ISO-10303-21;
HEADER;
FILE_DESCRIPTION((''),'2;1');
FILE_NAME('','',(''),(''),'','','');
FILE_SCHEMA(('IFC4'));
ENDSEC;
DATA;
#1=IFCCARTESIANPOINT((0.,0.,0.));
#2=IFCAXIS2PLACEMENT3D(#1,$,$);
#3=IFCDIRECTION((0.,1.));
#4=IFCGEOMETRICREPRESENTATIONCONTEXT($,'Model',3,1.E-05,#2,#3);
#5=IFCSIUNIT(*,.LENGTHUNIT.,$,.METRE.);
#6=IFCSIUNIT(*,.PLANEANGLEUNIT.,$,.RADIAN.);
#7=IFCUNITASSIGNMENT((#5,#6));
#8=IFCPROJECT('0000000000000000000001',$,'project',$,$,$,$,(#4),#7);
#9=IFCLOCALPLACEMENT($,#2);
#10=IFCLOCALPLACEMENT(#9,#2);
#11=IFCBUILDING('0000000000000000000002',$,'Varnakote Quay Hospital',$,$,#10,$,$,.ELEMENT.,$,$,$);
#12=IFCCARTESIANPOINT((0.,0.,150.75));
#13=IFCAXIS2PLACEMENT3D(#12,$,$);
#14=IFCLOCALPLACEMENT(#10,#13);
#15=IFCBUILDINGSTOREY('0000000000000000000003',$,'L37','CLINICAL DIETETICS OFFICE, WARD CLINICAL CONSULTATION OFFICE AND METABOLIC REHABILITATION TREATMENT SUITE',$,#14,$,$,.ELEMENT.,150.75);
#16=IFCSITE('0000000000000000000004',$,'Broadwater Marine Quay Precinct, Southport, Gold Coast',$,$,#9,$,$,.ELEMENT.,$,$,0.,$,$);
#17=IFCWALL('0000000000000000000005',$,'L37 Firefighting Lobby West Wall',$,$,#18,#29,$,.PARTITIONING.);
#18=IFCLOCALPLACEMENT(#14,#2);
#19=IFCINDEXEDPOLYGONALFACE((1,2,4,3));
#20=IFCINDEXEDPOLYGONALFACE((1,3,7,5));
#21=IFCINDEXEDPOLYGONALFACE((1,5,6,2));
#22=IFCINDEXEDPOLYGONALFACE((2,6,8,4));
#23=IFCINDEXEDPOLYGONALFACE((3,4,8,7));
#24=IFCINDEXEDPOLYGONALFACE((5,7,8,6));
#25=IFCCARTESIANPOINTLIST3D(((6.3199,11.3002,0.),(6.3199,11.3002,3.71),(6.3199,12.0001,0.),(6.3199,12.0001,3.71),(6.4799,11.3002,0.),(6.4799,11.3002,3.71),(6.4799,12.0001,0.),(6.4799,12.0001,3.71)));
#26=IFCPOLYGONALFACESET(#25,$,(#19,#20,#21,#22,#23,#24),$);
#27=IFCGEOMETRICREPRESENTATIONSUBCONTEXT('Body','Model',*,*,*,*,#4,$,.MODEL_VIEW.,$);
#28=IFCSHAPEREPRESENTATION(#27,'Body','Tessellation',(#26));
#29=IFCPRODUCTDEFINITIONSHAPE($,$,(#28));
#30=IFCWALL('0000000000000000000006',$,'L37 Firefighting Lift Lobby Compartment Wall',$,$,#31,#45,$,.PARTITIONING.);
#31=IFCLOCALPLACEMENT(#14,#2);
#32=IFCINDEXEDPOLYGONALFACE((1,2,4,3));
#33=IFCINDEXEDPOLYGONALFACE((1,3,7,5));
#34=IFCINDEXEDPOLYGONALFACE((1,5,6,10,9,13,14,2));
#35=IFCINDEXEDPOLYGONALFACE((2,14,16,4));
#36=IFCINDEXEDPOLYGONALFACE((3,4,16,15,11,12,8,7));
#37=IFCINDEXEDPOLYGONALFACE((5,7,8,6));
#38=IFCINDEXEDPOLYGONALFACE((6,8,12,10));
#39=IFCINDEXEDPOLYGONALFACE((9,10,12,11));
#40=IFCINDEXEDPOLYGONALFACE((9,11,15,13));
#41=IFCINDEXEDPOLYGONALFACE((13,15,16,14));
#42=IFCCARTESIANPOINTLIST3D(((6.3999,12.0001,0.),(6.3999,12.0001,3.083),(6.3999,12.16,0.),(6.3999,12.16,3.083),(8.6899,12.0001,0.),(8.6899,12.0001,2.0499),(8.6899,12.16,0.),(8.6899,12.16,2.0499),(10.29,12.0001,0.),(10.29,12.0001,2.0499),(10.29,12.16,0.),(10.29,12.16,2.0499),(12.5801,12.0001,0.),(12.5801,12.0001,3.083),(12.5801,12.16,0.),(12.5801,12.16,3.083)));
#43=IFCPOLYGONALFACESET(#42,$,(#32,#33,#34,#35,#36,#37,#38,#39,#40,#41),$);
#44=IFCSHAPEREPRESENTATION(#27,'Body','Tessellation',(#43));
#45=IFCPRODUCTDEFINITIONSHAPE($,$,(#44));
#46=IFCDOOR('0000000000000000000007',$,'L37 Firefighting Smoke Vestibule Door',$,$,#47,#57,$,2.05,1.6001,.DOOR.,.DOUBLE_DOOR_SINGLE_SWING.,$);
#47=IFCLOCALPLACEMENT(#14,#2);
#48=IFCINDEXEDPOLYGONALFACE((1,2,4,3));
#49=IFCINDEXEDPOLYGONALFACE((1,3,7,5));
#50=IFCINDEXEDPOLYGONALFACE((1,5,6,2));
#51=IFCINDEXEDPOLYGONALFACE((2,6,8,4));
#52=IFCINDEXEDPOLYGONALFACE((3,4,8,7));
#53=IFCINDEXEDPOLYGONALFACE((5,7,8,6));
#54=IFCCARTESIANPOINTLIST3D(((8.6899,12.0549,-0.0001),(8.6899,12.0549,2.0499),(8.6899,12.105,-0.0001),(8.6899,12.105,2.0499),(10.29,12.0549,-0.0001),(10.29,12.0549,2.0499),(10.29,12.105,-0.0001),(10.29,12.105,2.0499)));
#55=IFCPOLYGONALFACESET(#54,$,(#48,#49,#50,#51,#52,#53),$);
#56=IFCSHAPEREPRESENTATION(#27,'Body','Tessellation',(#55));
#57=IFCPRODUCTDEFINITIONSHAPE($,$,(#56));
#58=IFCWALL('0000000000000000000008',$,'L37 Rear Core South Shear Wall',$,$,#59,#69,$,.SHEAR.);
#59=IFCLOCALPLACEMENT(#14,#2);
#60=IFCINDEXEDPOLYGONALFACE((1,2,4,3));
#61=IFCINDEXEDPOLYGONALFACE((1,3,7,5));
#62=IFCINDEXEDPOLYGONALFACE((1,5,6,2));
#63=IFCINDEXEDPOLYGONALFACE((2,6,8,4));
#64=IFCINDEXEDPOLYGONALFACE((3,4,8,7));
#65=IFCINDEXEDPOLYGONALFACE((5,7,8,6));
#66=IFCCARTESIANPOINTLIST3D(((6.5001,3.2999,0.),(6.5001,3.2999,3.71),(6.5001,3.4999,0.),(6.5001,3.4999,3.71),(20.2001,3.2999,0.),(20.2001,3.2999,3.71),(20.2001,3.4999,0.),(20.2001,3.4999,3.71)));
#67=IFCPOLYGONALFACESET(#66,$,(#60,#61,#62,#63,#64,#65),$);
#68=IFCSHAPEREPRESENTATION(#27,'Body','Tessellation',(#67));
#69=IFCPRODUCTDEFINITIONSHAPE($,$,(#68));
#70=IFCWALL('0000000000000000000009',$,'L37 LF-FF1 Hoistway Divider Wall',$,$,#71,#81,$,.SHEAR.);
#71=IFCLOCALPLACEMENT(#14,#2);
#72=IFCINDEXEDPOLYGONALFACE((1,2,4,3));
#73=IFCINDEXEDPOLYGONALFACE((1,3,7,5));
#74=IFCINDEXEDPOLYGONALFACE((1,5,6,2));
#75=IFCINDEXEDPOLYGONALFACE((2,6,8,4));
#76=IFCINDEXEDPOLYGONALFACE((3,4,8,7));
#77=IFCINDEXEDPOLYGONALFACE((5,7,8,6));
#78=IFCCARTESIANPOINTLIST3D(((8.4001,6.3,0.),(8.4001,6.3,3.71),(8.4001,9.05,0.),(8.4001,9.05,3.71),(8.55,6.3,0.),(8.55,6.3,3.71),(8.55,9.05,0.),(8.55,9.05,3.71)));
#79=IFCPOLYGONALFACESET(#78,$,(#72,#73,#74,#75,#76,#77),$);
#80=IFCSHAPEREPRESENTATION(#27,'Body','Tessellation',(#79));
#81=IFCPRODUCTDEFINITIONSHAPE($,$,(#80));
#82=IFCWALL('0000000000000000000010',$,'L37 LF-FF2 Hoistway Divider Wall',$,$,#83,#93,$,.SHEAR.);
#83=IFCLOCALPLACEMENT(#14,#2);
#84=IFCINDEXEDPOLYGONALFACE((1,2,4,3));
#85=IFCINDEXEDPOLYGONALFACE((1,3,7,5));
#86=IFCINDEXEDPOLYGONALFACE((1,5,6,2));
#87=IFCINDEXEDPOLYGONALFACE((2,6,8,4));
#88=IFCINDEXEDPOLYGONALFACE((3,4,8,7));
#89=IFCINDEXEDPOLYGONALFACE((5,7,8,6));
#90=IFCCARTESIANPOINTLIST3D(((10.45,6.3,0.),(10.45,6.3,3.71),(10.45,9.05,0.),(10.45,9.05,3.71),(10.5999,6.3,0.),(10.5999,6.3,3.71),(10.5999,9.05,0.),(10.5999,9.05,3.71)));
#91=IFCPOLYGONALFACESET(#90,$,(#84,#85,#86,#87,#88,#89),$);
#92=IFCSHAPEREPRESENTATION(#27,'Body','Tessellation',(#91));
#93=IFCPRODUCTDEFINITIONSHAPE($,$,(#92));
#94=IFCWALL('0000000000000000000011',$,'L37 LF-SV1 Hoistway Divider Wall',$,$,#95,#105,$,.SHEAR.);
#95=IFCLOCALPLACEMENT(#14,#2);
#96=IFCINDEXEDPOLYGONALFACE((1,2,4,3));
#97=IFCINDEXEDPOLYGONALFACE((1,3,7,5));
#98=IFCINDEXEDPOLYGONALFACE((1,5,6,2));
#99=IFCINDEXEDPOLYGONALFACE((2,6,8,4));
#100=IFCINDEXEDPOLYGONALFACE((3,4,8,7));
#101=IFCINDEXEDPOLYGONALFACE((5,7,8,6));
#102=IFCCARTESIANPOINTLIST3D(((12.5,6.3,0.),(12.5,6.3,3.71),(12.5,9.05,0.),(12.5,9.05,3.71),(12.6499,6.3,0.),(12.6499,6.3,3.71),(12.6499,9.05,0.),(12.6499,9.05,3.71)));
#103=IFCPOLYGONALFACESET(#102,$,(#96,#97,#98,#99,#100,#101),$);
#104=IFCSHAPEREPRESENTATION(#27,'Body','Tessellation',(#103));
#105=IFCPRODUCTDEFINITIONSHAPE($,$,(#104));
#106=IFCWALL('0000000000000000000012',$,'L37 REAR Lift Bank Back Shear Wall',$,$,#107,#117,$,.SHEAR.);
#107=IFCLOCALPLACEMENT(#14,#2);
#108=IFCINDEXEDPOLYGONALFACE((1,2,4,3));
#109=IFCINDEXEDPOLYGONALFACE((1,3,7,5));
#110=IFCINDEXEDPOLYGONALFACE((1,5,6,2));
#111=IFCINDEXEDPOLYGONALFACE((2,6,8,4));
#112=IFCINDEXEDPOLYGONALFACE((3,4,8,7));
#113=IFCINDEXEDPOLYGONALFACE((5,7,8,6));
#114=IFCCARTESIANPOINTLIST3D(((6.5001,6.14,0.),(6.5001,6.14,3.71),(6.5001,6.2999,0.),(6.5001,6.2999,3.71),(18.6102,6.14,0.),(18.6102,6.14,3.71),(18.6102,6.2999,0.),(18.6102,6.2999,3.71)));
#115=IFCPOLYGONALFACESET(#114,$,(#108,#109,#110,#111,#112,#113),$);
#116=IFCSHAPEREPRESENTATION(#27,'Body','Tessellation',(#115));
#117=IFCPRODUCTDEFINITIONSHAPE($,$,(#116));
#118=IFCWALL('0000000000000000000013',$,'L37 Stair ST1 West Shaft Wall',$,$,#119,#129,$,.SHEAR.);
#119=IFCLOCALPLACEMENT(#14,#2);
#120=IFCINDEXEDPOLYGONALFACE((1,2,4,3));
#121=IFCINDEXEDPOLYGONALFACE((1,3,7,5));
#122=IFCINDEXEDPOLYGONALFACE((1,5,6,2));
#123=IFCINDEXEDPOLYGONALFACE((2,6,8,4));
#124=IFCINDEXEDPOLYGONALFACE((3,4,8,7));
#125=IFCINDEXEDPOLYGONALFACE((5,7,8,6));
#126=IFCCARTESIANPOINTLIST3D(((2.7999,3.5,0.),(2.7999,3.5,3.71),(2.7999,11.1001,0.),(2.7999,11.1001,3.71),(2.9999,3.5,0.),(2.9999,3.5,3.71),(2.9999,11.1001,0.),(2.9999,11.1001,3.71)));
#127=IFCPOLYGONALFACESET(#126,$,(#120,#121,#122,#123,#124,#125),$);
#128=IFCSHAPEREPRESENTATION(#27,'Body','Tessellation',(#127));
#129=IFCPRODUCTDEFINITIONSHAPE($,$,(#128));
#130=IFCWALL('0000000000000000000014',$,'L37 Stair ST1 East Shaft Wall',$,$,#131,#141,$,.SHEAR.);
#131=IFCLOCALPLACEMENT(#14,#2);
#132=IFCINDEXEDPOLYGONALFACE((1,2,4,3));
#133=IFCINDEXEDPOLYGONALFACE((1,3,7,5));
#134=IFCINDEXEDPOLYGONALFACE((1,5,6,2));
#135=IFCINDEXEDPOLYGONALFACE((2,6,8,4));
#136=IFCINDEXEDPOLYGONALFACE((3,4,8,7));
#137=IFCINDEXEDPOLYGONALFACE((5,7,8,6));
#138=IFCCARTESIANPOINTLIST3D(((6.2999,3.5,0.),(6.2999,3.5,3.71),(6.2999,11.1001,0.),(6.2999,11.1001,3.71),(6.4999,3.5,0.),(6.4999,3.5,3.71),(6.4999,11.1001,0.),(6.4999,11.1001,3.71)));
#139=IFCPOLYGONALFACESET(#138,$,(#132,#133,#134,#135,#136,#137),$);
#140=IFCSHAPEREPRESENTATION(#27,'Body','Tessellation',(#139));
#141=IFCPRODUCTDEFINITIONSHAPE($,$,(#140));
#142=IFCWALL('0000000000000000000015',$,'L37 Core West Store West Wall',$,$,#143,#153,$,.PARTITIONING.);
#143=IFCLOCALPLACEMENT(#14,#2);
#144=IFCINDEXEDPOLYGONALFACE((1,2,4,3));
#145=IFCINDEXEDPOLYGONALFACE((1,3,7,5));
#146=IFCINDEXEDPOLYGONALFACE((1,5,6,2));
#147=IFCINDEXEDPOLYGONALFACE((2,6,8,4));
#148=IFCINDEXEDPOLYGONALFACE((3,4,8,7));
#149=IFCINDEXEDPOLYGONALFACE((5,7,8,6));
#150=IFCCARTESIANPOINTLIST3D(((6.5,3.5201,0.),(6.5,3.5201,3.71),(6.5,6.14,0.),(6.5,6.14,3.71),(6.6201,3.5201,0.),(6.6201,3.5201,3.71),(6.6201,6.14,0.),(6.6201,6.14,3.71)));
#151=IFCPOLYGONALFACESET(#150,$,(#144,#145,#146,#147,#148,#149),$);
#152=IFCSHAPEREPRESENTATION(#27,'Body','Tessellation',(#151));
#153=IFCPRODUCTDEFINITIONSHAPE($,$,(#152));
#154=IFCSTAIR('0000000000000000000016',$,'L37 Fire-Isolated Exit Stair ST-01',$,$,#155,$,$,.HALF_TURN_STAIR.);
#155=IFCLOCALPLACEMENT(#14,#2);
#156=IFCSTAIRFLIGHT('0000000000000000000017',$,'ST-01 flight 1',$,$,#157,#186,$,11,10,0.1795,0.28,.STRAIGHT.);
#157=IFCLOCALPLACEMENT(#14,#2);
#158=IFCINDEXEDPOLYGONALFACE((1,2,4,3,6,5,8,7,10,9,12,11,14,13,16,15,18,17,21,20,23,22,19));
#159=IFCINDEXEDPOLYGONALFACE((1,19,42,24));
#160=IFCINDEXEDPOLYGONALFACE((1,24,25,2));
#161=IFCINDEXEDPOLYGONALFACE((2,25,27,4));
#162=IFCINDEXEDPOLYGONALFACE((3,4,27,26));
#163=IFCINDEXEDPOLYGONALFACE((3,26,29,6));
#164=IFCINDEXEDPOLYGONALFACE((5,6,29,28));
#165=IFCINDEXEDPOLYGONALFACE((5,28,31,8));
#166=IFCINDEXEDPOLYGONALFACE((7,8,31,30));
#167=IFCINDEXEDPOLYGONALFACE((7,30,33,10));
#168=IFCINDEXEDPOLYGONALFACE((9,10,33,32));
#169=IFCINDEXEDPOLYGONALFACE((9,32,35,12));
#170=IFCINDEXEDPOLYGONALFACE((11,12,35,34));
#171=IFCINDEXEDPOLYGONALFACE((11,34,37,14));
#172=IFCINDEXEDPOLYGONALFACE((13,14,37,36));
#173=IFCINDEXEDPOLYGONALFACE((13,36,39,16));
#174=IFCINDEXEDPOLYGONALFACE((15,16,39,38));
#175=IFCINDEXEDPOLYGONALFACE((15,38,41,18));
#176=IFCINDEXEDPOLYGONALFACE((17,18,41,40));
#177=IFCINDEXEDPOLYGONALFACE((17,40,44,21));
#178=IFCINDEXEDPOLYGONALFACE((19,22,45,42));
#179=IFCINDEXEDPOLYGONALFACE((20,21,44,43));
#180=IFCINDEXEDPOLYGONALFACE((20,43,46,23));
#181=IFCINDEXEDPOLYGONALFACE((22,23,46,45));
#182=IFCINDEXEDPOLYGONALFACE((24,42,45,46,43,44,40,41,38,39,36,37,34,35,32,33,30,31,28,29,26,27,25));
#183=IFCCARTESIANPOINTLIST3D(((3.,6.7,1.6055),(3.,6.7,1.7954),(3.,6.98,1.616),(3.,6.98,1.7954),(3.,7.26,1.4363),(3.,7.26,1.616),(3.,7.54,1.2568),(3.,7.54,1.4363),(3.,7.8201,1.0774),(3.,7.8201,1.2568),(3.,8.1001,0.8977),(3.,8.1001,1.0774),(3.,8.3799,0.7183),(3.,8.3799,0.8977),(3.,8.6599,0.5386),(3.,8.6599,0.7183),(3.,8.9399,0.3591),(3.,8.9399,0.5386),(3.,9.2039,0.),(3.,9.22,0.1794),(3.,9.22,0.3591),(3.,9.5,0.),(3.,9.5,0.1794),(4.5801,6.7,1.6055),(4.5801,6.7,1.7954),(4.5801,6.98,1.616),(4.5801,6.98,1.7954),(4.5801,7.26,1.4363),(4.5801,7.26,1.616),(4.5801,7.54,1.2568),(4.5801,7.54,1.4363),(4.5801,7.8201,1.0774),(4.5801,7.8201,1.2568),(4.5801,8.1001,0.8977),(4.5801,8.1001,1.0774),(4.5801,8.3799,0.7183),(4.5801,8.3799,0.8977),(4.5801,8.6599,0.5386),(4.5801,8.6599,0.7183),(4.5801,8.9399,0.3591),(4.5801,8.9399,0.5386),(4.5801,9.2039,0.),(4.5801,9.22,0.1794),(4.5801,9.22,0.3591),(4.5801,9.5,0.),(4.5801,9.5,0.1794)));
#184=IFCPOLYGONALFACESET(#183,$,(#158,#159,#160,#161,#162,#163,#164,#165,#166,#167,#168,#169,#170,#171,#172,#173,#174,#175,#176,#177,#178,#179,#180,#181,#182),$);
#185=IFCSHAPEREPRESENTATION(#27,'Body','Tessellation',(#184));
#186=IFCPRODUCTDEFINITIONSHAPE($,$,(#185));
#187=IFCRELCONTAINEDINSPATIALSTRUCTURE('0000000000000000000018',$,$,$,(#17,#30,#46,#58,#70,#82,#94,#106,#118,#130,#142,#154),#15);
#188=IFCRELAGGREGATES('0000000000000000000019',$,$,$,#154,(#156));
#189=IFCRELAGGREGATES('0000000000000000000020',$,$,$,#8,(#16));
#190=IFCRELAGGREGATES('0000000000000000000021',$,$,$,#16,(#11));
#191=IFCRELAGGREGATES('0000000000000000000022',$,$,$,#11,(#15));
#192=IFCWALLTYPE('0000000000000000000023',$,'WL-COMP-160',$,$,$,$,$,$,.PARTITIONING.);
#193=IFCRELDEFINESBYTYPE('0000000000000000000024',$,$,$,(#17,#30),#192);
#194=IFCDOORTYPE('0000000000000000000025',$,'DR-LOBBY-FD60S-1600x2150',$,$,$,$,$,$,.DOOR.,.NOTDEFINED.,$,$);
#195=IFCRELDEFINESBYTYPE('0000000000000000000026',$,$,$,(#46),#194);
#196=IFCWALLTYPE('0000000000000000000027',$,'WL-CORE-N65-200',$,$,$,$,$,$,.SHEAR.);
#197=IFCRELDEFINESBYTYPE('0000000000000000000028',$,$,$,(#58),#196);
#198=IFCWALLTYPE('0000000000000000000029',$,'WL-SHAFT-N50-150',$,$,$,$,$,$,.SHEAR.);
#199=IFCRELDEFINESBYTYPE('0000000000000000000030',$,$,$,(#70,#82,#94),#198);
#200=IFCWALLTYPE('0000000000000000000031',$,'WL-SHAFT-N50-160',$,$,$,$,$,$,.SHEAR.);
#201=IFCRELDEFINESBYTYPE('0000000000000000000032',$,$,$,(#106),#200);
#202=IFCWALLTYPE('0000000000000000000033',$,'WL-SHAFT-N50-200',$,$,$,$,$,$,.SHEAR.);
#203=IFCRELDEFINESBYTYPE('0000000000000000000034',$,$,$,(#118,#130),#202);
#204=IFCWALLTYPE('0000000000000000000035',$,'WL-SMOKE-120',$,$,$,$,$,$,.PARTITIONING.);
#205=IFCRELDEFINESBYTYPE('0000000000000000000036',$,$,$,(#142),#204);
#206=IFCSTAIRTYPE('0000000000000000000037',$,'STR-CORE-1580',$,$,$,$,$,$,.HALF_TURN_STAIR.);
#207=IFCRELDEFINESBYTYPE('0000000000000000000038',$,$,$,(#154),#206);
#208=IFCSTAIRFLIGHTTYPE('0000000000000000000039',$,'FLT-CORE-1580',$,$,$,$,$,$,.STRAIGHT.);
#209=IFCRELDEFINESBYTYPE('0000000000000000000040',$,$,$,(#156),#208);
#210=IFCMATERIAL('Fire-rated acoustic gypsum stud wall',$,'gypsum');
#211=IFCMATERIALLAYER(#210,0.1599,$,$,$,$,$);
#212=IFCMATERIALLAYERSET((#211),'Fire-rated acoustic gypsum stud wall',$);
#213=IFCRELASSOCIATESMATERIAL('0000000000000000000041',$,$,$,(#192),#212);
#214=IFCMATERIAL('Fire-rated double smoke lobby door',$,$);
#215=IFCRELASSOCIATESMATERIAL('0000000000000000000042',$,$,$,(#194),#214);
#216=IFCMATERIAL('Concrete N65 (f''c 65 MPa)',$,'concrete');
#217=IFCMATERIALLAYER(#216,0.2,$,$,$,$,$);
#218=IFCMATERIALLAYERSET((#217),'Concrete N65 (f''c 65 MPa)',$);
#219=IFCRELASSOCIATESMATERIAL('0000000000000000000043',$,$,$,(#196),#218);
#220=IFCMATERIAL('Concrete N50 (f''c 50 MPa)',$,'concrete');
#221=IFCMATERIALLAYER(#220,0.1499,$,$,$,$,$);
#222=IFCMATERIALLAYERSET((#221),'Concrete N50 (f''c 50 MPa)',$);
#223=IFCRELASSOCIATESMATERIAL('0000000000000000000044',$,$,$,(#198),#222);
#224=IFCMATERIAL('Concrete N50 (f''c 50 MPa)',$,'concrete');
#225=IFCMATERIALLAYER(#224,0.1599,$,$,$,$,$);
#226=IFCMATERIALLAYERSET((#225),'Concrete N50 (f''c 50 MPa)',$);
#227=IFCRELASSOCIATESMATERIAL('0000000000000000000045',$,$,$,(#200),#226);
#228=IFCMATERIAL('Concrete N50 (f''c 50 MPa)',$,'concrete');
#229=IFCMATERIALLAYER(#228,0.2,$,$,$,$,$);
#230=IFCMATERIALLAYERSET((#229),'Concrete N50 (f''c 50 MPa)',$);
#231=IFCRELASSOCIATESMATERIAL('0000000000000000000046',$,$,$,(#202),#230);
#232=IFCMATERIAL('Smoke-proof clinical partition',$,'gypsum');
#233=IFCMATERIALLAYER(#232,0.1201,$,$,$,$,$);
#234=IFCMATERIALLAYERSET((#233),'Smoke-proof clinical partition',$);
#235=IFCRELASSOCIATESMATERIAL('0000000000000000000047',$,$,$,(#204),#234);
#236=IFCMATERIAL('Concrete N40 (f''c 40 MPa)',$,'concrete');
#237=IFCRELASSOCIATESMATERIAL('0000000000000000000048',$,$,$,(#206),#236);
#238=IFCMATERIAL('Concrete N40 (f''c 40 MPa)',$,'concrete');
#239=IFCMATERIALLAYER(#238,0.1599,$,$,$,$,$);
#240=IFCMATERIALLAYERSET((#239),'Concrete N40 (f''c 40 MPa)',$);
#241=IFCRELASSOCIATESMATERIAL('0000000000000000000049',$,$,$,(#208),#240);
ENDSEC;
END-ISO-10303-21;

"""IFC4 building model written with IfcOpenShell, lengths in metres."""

from ifc_helpers import new_model, si_unit, direction, frame, frame_2d, origin, place, context, subcontext, project, spatial, polyline, rectangle, outline, extrude, material, layer, layer_set, type_object, element, fill, aggregate, save


model = new_model("IFC4")

# Units and contexts
model_context = context("Model", 3, precision=1e-05, world=origin(), true_north=direction((0.0, 1.0)))
body_context = subcontext(model_context, "Body", "Model", "MODEL_VIEW")
ifc_project = project(units=[si_unit("LENGTHUNIT", "METRE"), si_unit("PLANEANGLEUNIT", "RADIAN")], contexts=[model_context])

# Site, building, storey
site_placement = place(None, origin())
site = spatial("IfcSite", under=ifc_project, at=site_placement, Name="Broadwater Marine Quay Precinct, Southport, Gold Coast", CompositionType="ELEMENT", RefElevation=0.0)
building_placement = place(site_placement, origin())
building = spatial("IfcBuilding", under=site, at=building_placement, Name="Varnakote Quay Hospital", CompositionType="ELEMENT")
storey_placement = place(building_placement, frame((0.0, 0.0, 150.75)))
storey = spatial("IfcBuildingStorey", under=building, at=storey_placement, Name="L37", Description="CLINICAL DIETETICS OFFICE, WARD CLINICAL CONSULTATION OFFICE AND METABOLIC REHABILITATION TREATMENT SUITE", CompositionType="ELEMENT", Elevation=150.75)

# Wall
ifc_material_1 = material(Name="Fire-rated acoustic gypsum stud wall", Category="gypsum")
ifc_layer_1 = layer(ifc_material_1, 0.1599)
ifc_layer_set_1 = layer_set([ifc_layer_1], Name="Fire-rated acoustic gypsum stud wall")
wall_type_1 = type_object("IfcWallType", Name="WL-COMP-160", PredefinedType="PARTITIONING", material=ifc_layer_set_1)
wall_1_placement = place(storey_placement, frame((6.3999, 11.3, 0.0), z_axis=(0.0, 0.0, 1.0), x_axis=(0.0, 1.0, 0.0)))
element("IfcWall", 1, at=wall_1_placement, inside=storey, type_object=wall_type_1, Name="L37 Firefighting Lobby West Wall", PredefinedType="PARTITIONING", context=body_context, shape_type="SweptSolid", body=[
    extrude(rectangle(XDim=0.7, YDim=0.1599, at=frame_2d((0.3501, 0.0))), origin(), (0.0, 0.0, 1.0), 3.71),
])

# Wall, opening, door
wall_2_placement = place(storey_placement, frame((6.3999, 12.0801, 0.0), z_axis=(0.0, 0.0, 1.0), x_axis=(1.0, 0.0, 0.0)))
wall_2 = element("IfcWall", 2, at=wall_2_placement, inside=storey, type_object=wall_type_1, Name="L37 Firefighting Lift Lobby Compartment Wall", PredefinedType="PARTITIONING", context=body_context, shape_type="SweptSolid", body=[
    extrude(rectangle(XDim=6.1802, YDim=0.1599, at=frame_2d((3.0901, 0.0))), origin(), (0.0, 0.0, 1.0), 3.083),
])
opening_1_placement = place(wall_2_placement, frame((2.29, 0.0, 0.0)))
opening_1 = element("IfcOpeningElement", 3, at=opening_1_placement, cuts=wall_2, PredefinedType="OPENING", context=body_context, shape_type="SweptSolid", body=[
    extrude(rectangle(XDim=1.6001, YDim=2.05, at=frame_2d((0.8, 1.0249))), frame((0.0, 0.0898, 0.0), z_axis=(0.0, -1.0, 0.0), x_axis=(1.0, 0.0, 0.0)), (0.0, 0.0, 1.0), 0.1799),
])
ifc_material_2 = material(Name="Fire-rated double smoke lobby door")
door_type_1 = type_object("IfcDoorType", Name="DR-LOBBY-FD60S-1600x2150", OperationType="NOTDEFINED", PredefinedType="DOOR", material=ifc_material_2)
door_1_placement = place(opening_1_placement, origin())
door_1 = element("IfcDoor", 4, at=door_1_placement, inside=storey, type_object=door_type_1, Name="L37 Firefighting Smoke Vestibule Door", OperationType="DOUBLE_DOOR_SINGLE_SWING", OverallHeight=2.05, OverallWidth=1.6001, PredefinedType="DOOR", context=body_context, shape_type="SweptSolid", body=[
    extrude(rectangle(XDim=1.6001, YDim=2.05, at=frame_2d((0.8, 1.0249))), frame((0.0, 0.0249, 0.0), z_axis=(0.0, -1.0, 0.0), x_axis=(1.0, 0.0, 0.0)), (0.0, 0.0, 1.0), 0.05),
])
fill(opening_1, door_1)

# Walls
ifc_material_3 = material(Name="Concrete N65 (f'c 65 MPa)", Category="concrete")
ifc_layer_2 = layer(ifc_material_3, 0.2)
ifc_layer_set_2 = layer_set([ifc_layer_2], Name="Concrete N65 (f'c 65 MPa)")
wall_type_2 = type_object("IfcWallType", Name="WL-CORE-N65-200", PredefinedType="SHEAR", material=ifc_layer_set_2)
wall_3_placement = place(storey_placement, frame((6.5, 3.3999, 0.0), z_axis=(0.0, 0.0, 1.0), x_axis=(1.0, 0.0, 0.0)))
element("IfcWall", 5, at=wall_3_placement, inside=storey, type_object=wall_type_2, Name="L37 Rear Core South Shear Wall", PredefinedType="SHEAR", context=body_context, shape_type="SweptSolid", body=[
    extrude(rectangle(XDim=13.7, YDim=0.2, at=frame_2d((6.8501, 0.0))), origin(), (0.0, 0.0, 1.0), 3.71),
])
ifc_material_4 = material(Name="Concrete N50 (f'c 50 MPa)", Category="concrete")
ifc_layer_3 = layer(ifc_material_4, 0.1499)
ifc_layer_set_3 = layer_set([ifc_layer_3], Name="Concrete N50 (f'c 50 MPa)")
wall_type_3 = type_object("IfcWallType", Name="WL-SHAFT-N50-150", PredefinedType="SHEAR", material=ifc_layer_set_3)
for number, where, z_axis, x_axis, name in (
    (6, (8.4751, 6.3, 0.0), (0.0, 0.0, 1.0), (0.0, 1.0, 0.0), "L37 LF-FF1 Hoistway Divider Wall"),
    (7, (10.5249, 6.3, 0.0), (0.0, 0.0, 1.0), (0.0, 1.0, 0.0), "L37 LF-FF2 Hoistway Divider Wall"),
    (8, (12.575, 6.3, 0.0), (0.0, 0.0, 1.0), (0.0, 1.0, 0.0), "L37 LF-SV1 Hoistway Divider Wall"),
):
    element("IfcWall", number, at=place(storey_placement, frame(where, z_axis=z_axis, x_axis=x_axis)), inside=storey, type_object=wall_type_3, Name=name, PredefinedType="SHEAR", context=body_context, shape_type="SweptSolid", body=[
        extrude(rectangle(XDim=2.75, YDim=0.1499, at=frame_2d((1.375, 0.0))), origin(), (0.0, 0.0, 1.0), 3.71),
    ])
ifc_material_5 = material(Name="Concrete N50 (f'c 50 MPa)", Category="concrete")
ifc_layer_4 = layer(ifc_material_5, 0.1599)
ifc_layer_set_4 = layer_set([ifc_layer_4], Name="Concrete N50 (f'c 50 MPa)")
wall_type_4 = type_object("IfcWallType", Name="WL-SHAFT-N50-160", PredefinedType="SHEAR", material=ifc_layer_set_4)
wall_4_placement = place(storey_placement, frame((6.5, 6.22, 0.0), z_axis=(0.0, 0.0, 1.0), x_axis=(1.0, 0.0, 0.0)))
element("IfcWall", 9, at=wall_4_placement, inside=storey, type_object=wall_type_4, Name="L37 REAR Lift Bank Back Shear Wall", PredefinedType="SHEAR", context=body_context, shape_type="SweptSolid", body=[
    extrude(rectangle(XDim=12.1101, YDim=0.1599, at=frame_2d((6.0552, 0.0))), origin(), (0.0, 0.0, 1.0), 3.71),
])

# Walls
ifc_material_6 = material(Name="Concrete N50 (f'c 50 MPa)", Category="concrete")
ifc_layer_5 = layer(ifc_material_6, 0.2)
ifc_layer_set_5 = layer_set([ifc_layer_5], Name="Concrete N50 (f'c 50 MPa)")
wall_type_5 = type_object("IfcWallType", Name="WL-SHAFT-N50-200", PredefinedType="SHEAR", material=ifc_layer_set_5)
for number, where, z_axis, x_axis, name in (
    (10, (2.8999, 3.5, 0.0), (0.0, 0.0, 1.0), (0.0, 1.0, 0.0), "L37 Stair ST1 West Shaft Wall"),
    (11, (6.3999, 3.5, 0.0), (0.0, 0.0, 1.0), (0.0, 1.0, 0.0), "L37 Stair ST1 East Shaft Wall"),
):
    element("IfcWall", number, at=place(storey_placement, frame(where, z_axis=z_axis, x_axis=x_axis)), inside=storey, type_object=wall_type_5, Name=name, PredefinedType="SHEAR", context=body_context, shape_type="SweptSolid", body=[
        extrude(rectangle(XDim=7.6001, YDim=0.2, at=frame_2d((3.8, 0.0))), origin(), (0.0, 0.0, 1.0), 3.71),
    ])
ifc_material_7 = material(Name="Smoke-proof clinical partition", Category="gypsum")
ifc_layer_6 = layer(ifc_material_7, 0.1201)
ifc_layer_set_6 = layer_set([ifc_layer_6], Name="Smoke-proof clinical partition")
wall_type_6 = type_object("IfcWallType", Name="WL-SMOKE-120", PredefinedType="PARTITIONING", material=ifc_layer_set_6)
wall_5_placement = place(storey_placement, frame((6.5601, 3.52, 0.0), z_axis=(0.0, 0.0, 1.0), x_axis=(0.0, 1.0, 0.0)))
element("IfcWall", 12, at=wall_5_placement, inside=storey, type_object=wall_type_6, Name="L37 Core West Store West Wall", PredefinedType="PARTITIONING", context=body_context, shape_type="SweptSolid", body=[
    extrude(rectangle(XDim=2.6199, YDim=0.1201, at=frame_2d((1.3101, 0.0))), origin(), (0.0, 0.0, 1.0), 3.71),
])

# Stair, stair flight
ifc_material_8 = material(Name="Concrete N40 (f'c 40 MPa)", Category="concrete")
stair_type = type_object("IfcStairType", Name="STR-CORE-1580", PredefinedType="HALF_TURN_STAIR", material=ifc_material_8)
stair_placement = place(storey_placement, origin())
stair = element("IfcStair", 13, at=stair_placement, inside=storey, type_object=stair_type, Name="L37 Fire-Isolated Exit Stair ST-01", PredefinedType="HALF_TURN_STAIR")
ifc_material_9 = material(Name="Concrete N40 (f'c 40 MPa)", Category="concrete")
ifc_layer_7 = layer(ifc_material_9, 0.1599)
ifc_layer_set_7 = layer_set([ifc_layer_7], Name="Concrete N40 (f'c 40 MPa)")
stair_flight_type = type_object("IfcStairFlightType", Name="FLT-CORE-1580", PredefinedType="STRAIGHT", material=ifc_layer_set_7)
stair_flight_1_placement = place(storey_placement, frame((3.79, 9.5, 0.0), z_axis=(0.0, 0.0, 1.0), x_axis=(0.0, -1.0, 0.0)))
stair_flight_1 = element("IfcStairFlight", 14, at=stair_flight_1_placement, type_object=stair_flight_type, Name="ST-01 flight 1", NumberOfRisers=11, NumberOfTreads=10, PredefinedType="STRAIGHT", RiserHeight=0.1795, TreadLength=0.28, context=body_context, shape_type="SweptSolid", body=[
    extrude(outline(polyline([(0.0, 0.0), (0.0, 0.1794), (0.28, 0.1794), (0.28, 0.3591), (0.5601, 0.3591), (0.5601, 0.5386), (0.8401, 0.5386), (0.8401, 0.7183), (1.1201, 0.7183), (1.1201, 0.8977), (1.3999, 0.8977), (1.3999, 1.0774), (1.6799, 1.0774), (1.6799, 1.2568), (1.96, 1.2568), (1.96, 1.4363), (2.24, 1.4363), (2.24, 1.616), (2.52, 1.616), (2.52, 1.7954), (2.8, 1.7954), (2.8, 1.9751), (2.8, 1.6055), (0.2961, 0.0), (0.0, 0.0)])), frame((0.0, 0.79, 0.0), z_axis=(0.0, -1.0, 0.0), x_axis=(1.0, 0.0, 0.0)), (0.0, 0.0, 1.0), 1.5801),
])
aggregate(stair, [stair_flight_1])

save(model, "model.ifc")
